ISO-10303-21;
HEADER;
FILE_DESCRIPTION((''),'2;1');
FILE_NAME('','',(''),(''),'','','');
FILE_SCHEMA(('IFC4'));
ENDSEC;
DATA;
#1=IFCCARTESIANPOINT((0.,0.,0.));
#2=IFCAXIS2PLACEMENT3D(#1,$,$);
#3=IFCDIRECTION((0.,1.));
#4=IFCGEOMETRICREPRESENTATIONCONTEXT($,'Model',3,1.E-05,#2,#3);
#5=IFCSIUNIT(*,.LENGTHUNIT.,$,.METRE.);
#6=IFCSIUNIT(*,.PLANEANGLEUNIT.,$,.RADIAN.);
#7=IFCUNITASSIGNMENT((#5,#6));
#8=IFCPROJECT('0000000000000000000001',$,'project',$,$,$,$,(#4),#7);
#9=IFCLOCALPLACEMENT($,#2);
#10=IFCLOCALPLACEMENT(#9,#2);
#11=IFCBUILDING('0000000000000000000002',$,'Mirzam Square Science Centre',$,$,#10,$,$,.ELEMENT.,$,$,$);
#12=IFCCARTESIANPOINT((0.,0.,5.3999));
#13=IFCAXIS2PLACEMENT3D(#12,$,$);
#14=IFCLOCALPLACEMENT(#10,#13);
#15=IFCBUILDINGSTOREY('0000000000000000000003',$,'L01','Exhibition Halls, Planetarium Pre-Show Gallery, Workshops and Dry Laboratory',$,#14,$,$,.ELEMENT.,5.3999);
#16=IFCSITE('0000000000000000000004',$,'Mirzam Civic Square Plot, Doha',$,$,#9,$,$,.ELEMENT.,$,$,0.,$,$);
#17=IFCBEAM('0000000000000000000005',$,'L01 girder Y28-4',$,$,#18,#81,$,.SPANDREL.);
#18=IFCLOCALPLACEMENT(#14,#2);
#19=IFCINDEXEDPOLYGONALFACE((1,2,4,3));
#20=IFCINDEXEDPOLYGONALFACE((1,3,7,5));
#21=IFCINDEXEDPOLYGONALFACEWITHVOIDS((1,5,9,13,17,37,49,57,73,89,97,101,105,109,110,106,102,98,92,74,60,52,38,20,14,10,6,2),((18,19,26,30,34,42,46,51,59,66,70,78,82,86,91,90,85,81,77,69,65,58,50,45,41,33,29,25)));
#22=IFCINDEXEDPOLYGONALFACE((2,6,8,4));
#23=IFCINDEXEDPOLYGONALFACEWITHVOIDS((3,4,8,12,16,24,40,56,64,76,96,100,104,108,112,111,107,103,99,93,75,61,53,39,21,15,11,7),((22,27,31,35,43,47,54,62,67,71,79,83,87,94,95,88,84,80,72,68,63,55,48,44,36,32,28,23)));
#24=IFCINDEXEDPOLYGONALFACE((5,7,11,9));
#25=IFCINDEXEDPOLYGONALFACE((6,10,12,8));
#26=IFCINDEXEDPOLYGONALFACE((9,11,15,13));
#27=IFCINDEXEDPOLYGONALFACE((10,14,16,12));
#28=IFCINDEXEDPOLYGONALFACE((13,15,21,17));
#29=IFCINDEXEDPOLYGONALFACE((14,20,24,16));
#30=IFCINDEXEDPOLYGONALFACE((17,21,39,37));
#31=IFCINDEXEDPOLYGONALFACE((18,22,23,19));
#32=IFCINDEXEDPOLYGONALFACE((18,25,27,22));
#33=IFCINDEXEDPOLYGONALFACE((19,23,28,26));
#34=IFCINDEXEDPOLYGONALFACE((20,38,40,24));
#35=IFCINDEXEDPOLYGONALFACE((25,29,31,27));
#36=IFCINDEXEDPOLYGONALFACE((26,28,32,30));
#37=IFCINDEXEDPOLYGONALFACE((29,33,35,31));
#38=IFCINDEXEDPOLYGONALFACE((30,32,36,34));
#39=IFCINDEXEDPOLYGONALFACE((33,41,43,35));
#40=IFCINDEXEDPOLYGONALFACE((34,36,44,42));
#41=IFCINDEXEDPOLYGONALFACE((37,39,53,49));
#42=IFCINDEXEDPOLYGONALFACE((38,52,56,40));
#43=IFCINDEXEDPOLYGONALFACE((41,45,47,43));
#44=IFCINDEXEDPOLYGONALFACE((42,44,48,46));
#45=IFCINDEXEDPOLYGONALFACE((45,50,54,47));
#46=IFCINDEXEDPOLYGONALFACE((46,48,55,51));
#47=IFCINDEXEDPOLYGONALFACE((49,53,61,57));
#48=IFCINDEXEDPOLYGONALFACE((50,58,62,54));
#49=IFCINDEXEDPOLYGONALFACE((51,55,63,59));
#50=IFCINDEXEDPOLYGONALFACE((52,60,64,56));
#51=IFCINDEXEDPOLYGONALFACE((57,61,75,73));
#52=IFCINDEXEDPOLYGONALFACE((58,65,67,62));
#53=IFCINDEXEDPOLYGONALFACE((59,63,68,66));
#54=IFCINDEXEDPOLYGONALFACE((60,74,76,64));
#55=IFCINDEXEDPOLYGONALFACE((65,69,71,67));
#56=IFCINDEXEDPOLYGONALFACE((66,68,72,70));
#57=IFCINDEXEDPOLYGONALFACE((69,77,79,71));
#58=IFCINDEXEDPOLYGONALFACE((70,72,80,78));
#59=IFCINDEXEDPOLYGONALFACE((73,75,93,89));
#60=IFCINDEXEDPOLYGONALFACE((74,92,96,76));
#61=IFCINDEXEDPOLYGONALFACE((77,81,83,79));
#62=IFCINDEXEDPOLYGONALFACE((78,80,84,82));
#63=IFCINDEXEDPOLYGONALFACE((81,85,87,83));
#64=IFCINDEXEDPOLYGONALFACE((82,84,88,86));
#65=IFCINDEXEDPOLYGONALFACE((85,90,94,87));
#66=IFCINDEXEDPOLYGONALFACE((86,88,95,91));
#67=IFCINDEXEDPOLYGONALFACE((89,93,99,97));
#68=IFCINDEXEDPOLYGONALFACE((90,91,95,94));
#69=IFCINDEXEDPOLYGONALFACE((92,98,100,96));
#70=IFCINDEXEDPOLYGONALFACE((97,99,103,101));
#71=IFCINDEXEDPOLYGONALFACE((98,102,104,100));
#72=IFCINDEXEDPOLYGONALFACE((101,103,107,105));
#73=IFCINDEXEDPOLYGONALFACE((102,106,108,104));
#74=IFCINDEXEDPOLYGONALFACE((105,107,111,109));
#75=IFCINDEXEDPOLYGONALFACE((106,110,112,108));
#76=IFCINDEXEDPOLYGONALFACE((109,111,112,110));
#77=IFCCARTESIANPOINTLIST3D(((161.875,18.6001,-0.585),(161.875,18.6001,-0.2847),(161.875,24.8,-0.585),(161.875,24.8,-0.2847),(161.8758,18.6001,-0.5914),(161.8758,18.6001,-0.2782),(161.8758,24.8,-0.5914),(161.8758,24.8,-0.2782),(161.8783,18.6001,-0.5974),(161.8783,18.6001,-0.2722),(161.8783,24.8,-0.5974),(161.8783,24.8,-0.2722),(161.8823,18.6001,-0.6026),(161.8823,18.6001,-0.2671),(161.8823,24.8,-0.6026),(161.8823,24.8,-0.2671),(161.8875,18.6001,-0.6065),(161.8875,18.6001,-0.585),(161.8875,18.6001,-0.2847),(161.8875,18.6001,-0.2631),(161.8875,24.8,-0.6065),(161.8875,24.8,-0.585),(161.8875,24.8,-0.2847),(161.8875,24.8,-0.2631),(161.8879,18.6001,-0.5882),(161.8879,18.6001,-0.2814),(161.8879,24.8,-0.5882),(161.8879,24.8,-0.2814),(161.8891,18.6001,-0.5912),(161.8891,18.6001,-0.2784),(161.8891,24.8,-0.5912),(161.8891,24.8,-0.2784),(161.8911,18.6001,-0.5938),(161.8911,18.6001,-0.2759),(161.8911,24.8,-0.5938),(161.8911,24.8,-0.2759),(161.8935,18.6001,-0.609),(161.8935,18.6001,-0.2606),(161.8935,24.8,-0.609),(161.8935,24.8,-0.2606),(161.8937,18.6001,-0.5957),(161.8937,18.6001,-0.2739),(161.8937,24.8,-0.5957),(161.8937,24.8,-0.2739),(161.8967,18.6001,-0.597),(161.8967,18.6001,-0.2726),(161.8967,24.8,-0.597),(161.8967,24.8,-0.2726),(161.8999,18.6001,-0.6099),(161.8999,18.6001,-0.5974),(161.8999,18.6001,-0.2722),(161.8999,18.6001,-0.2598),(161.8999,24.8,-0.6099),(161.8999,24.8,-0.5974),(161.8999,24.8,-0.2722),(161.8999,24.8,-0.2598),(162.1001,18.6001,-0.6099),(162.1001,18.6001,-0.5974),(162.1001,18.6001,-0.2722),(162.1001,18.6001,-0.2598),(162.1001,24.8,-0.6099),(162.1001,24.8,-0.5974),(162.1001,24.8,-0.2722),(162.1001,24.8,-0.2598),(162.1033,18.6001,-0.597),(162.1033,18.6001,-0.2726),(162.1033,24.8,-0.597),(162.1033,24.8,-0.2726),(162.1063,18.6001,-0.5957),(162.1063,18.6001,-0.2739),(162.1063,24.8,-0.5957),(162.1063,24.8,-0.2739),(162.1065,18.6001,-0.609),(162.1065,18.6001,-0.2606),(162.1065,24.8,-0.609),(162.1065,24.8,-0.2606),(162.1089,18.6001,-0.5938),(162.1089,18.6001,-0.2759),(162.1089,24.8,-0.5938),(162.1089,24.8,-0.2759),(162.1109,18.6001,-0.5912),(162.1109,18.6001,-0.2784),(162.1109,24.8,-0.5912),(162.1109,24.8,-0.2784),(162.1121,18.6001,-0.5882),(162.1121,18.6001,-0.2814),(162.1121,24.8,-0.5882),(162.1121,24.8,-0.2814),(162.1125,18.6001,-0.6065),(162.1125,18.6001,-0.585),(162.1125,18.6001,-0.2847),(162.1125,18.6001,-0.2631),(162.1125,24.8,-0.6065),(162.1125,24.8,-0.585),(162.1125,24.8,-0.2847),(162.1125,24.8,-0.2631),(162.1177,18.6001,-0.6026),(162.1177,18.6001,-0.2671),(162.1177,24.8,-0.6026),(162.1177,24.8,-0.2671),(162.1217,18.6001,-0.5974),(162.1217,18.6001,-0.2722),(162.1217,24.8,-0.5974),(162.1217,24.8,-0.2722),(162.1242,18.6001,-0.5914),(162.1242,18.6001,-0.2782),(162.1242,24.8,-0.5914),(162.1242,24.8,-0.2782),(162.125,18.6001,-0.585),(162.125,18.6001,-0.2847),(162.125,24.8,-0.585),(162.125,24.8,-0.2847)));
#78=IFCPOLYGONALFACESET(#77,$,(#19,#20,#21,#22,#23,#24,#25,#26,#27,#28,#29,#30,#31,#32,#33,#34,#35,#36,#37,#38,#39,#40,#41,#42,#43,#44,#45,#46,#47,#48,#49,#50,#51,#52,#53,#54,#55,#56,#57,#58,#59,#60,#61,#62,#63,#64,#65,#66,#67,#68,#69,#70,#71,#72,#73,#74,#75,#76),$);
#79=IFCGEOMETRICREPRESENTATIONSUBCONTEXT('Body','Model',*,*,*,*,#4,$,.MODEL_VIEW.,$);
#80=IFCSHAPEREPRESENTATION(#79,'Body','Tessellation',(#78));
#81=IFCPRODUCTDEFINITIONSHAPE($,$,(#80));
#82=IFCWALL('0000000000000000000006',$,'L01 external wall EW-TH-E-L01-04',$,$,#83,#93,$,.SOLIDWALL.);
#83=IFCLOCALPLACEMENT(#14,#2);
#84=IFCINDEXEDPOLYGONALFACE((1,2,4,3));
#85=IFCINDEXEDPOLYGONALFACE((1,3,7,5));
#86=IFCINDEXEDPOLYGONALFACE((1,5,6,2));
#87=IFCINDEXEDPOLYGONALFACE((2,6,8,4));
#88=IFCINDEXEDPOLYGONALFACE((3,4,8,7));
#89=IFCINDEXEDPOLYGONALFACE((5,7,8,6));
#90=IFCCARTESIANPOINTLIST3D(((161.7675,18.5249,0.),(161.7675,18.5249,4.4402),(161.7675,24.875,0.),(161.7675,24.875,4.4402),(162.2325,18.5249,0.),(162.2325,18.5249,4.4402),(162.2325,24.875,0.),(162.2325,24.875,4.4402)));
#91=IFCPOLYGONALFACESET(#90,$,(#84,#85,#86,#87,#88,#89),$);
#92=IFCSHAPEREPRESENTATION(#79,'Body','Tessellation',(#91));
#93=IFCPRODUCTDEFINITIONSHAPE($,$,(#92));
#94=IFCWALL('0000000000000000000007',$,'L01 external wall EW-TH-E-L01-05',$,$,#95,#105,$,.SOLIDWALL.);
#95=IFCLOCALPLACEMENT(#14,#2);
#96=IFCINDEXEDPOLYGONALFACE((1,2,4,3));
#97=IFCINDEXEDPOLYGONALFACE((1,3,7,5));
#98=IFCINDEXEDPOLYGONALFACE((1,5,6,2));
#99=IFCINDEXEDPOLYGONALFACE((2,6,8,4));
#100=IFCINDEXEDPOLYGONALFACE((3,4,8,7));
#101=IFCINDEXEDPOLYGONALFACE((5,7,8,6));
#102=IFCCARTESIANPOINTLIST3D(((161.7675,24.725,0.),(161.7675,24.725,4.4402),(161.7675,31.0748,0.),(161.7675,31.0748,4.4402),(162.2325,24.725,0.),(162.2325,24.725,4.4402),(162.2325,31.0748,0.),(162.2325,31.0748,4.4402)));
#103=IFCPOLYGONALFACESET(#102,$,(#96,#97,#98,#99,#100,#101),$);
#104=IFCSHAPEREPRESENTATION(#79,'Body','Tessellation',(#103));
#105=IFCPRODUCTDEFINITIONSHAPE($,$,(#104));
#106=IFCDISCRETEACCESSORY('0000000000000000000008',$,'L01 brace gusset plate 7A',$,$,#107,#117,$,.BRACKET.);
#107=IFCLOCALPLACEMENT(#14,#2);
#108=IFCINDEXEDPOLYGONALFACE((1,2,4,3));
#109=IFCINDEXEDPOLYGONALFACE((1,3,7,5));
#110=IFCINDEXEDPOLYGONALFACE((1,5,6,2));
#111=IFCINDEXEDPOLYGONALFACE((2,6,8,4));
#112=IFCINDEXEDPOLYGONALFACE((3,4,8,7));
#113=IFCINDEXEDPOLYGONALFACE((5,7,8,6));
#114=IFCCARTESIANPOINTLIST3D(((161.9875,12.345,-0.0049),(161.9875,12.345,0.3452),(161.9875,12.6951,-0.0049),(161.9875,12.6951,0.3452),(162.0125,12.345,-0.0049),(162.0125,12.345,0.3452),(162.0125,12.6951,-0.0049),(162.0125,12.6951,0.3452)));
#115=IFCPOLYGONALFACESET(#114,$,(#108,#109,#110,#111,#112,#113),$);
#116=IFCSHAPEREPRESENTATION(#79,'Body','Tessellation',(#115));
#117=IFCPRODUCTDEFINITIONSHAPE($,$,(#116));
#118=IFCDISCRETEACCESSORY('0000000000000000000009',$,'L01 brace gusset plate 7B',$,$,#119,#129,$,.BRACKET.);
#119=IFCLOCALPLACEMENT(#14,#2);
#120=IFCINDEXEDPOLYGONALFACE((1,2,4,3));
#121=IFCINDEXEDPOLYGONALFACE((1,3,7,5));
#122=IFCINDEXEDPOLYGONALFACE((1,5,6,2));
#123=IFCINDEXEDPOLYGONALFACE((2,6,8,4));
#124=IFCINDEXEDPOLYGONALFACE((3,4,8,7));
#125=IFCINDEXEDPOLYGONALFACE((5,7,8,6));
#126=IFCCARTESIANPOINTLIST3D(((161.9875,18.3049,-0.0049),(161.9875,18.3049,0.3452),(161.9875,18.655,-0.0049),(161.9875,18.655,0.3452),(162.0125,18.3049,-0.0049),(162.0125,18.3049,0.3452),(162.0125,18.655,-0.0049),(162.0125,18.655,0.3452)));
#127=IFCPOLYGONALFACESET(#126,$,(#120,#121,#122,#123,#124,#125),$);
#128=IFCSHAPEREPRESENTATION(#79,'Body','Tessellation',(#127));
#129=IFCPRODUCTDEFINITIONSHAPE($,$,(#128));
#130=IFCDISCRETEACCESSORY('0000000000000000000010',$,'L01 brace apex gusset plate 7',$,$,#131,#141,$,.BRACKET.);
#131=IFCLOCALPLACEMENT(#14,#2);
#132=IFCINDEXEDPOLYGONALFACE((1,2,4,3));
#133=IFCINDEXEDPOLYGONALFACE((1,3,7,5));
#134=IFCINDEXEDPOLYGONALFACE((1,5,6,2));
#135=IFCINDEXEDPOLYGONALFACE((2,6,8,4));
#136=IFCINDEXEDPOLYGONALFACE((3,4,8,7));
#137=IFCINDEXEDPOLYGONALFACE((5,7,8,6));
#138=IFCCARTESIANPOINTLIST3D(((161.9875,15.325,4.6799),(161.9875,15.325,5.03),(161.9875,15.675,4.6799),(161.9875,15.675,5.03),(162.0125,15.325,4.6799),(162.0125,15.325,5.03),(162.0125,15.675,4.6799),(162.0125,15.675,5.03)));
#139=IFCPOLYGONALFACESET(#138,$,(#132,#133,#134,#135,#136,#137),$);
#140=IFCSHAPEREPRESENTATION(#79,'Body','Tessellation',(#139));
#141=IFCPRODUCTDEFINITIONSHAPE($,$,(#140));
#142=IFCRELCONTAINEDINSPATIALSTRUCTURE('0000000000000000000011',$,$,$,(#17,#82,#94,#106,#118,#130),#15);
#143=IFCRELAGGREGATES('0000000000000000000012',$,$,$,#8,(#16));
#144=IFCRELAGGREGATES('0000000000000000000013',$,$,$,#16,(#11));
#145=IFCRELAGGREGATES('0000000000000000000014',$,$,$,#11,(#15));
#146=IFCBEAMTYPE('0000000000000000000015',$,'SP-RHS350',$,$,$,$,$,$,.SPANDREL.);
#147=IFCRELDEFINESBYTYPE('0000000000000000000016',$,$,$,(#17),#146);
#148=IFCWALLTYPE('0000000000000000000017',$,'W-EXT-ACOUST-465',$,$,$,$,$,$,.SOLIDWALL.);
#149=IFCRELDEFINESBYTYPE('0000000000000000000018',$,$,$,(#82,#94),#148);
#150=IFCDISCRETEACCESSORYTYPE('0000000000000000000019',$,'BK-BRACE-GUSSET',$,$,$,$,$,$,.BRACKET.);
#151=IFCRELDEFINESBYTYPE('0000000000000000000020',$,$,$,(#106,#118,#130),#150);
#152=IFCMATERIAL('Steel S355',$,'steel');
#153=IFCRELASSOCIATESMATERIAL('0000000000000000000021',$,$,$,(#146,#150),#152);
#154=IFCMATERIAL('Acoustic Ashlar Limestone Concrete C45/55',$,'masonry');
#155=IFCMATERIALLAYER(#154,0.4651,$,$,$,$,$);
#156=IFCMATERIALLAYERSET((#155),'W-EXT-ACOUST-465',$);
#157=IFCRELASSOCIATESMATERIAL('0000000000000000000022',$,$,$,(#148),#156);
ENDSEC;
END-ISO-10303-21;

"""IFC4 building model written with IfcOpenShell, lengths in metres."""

from ifc_helpers import new_model, si_unit, direction, frame, frame_2d, origin, origin_2d, place, context, subcontext, project, spatial, rectangle, hollow_rectangle, extrude, material, layer, layer_set, material_profile, profile_set, type_object, element, save


model = new_model("IFC4")

# Units and contexts
model_context = context("Model", 3, precision=1e-05, world=origin(), true_north=direction((0.0, 1.0)))
body_context = subcontext(model_context, "Body", "Model", "MODEL_VIEW")
ifc_project = project(units=[si_unit("LENGTHUNIT", "METRE"), si_unit("PLANEANGLEUNIT", "RADIAN")], contexts=[model_context])

# Site, building, storey
site_placement = place(None, origin())
site = spatial("IfcSite", under=ifc_project, at=site_placement, Name="Mirzam Civic Square Plot, Doha", CompositionType="ELEMENT", RefElevation=0.0)
building_placement = place(site_placement, origin())
building = spatial("IfcBuilding", under=site, at=building_placement, Name="Mirzam Square Science Centre", CompositionType="ELEMENT")
storey_placement = place(building_placement, frame((0.0, 0.0, 5.3999)))
storey = spatial("IfcBuildingStorey", under=building, at=storey_placement, Name="L01", Description="Exhibition Halls, Planetarium Pre-Show Gallery, Workshops and Dry Laboratory", CompositionType="ELEMENT", Elevation=5.3999)

# Shared definitions
ifc_material_1 = material(Name="Steel S355", Category="steel")

# Beam
ifc_material_profile_1 = material_profile(ifc_material_1, hollow_rectangle(XDim=0.25, YDim=0.3501, WallThickness=0.0125, InnerFilletRadius=0.0125, OuterFilletRadius=0.0249, at=origin_2d()), Name="350x250x12.5RHS")
ifc_profile_set_1 = profile_set([ifc_material_profile_1], Name="Steel S355")
beam_type_1 = type_object("IfcBeamType", Name="SP-RHS350", PredefinedType="SPANDREL", material=ifc_profile_set_1)
beam_1_placement = place(storey_placement, frame((162.0, 18.6001, -0.4348), z_axis=(0.0, 1.0, 0.0), x_axis=(-1.0, 0.0, 0.0)))
element("IfcBeam", 1, at=beam_1_placement, inside=storey, type_object=beam_type_1, Name="L01 girder Y28-4", PredefinedType="SPANDREL", context=body_context, shape_type="SweptSolid", body=[
    extrude(hollow_rectangle(XDim=0.25, YDim=0.3501, WallThickness=0.0125, InnerFilletRadius=0.0125, OuterFilletRadius=0.0249, at=origin_2d()), origin(), (0.0, 0.0, 1.0), 6.2),
])

# Walls
ifc_material_2 = material(Name="Acoustic Ashlar Limestone Concrete C45/55", Category="masonry")
ifc_layer = layer(ifc_material_2, 0.4651)
ifc_layer_set = layer_set([ifc_layer], Name="W-EXT-ACOUST-465")
wall_type = type_object("IfcWallType", Name="W-EXT-ACOUST-465", PredefinedType="SOLIDWALL", material=ifc_layer_set)
wall_1_placement = place(storey_placement, frame((162.0, 18.5249, 0.0), z_axis=(0.0, 0.0, 1.0), x_axis=(0.0, 1.0, 0.0)))
element("IfcWall", 2, at=wall_1_placement, inside=storey, type_object=wall_type, Name="L01 external wall EW-TH-E-L01-04", PredefinedType="SOLIDWALL", context=body_context, shape_type="SweptSolid", body=[
    extrude(rectangle(XDim=6.3501, YDim=0.4651, at=frame_2d((3.175, 0.0))), origin(), (0.0, 0.0, 1.0), 4.4402),
])
wall_2_placement = place(storey_placement, frame((162.0, 24.7251, 0.0), z_axis=(0.0, 0.0, 1.0), x_axis=(0.0, 1.0, 0.0)))
element("IfcWall", 3, at=wall_2_placement, inside=storey, type_object=wall_type, Name="L01 external wall EW-TH-E-L01-05", PredefinedType="SOLIDWALL", context=body_context, shape_type="SweptSolid", body=[
    extrude(rectangle(XDim=6.3499, YDim=0.4651, at=frame_2d((3.1748, 0.0))), origin(), (0.0, 0.0, 1.0), 4.4402),
])

# Discrete accessories
discrete_accessory_type = type_object("IfcDiscreteAccessoryType", Name="BK-BRACE-GUSSET", PredefinedType="BRACKET", material=ifc_material_1)
for number, where, z_axis, x_axis, name in (
    (4, (162.0, 12.52, -0.0049), (0.0, 0.0, 1.0), (0.0, 1.0, 0.0), "L01 brace gusset plate 7A"),
    (5, (162.0, 18.48, -0.0049), (0.0, 0.0, 1.0), (0.0, 1.0, 0.0), "L01 brace gusset plate 7B"),
    (6, (162.0, 15.5, 4.6799), (0.0, 0.0, 1.0), (0.0, 1.0, 0.0), "L01 brace apex gusset plate 7"),
):
    element("IfcDiscreteAccessory", number, at=place(storey_placement, frame(where, z_axis=z_axis, x_axis=x_axis)), inside=storey, type_object=discrete_accessory_type, Name=name, PredefinedType="BRACKET", context=body_context, shape_type="SweptSolid", body=[
        extrude(rectangle(XDim=0.3501, YDim=0.0249, at=origin_2d()), origin(), (0.0, 0.0, 1.0), 0.3501),
    ])

save(model, "model.ifc")
